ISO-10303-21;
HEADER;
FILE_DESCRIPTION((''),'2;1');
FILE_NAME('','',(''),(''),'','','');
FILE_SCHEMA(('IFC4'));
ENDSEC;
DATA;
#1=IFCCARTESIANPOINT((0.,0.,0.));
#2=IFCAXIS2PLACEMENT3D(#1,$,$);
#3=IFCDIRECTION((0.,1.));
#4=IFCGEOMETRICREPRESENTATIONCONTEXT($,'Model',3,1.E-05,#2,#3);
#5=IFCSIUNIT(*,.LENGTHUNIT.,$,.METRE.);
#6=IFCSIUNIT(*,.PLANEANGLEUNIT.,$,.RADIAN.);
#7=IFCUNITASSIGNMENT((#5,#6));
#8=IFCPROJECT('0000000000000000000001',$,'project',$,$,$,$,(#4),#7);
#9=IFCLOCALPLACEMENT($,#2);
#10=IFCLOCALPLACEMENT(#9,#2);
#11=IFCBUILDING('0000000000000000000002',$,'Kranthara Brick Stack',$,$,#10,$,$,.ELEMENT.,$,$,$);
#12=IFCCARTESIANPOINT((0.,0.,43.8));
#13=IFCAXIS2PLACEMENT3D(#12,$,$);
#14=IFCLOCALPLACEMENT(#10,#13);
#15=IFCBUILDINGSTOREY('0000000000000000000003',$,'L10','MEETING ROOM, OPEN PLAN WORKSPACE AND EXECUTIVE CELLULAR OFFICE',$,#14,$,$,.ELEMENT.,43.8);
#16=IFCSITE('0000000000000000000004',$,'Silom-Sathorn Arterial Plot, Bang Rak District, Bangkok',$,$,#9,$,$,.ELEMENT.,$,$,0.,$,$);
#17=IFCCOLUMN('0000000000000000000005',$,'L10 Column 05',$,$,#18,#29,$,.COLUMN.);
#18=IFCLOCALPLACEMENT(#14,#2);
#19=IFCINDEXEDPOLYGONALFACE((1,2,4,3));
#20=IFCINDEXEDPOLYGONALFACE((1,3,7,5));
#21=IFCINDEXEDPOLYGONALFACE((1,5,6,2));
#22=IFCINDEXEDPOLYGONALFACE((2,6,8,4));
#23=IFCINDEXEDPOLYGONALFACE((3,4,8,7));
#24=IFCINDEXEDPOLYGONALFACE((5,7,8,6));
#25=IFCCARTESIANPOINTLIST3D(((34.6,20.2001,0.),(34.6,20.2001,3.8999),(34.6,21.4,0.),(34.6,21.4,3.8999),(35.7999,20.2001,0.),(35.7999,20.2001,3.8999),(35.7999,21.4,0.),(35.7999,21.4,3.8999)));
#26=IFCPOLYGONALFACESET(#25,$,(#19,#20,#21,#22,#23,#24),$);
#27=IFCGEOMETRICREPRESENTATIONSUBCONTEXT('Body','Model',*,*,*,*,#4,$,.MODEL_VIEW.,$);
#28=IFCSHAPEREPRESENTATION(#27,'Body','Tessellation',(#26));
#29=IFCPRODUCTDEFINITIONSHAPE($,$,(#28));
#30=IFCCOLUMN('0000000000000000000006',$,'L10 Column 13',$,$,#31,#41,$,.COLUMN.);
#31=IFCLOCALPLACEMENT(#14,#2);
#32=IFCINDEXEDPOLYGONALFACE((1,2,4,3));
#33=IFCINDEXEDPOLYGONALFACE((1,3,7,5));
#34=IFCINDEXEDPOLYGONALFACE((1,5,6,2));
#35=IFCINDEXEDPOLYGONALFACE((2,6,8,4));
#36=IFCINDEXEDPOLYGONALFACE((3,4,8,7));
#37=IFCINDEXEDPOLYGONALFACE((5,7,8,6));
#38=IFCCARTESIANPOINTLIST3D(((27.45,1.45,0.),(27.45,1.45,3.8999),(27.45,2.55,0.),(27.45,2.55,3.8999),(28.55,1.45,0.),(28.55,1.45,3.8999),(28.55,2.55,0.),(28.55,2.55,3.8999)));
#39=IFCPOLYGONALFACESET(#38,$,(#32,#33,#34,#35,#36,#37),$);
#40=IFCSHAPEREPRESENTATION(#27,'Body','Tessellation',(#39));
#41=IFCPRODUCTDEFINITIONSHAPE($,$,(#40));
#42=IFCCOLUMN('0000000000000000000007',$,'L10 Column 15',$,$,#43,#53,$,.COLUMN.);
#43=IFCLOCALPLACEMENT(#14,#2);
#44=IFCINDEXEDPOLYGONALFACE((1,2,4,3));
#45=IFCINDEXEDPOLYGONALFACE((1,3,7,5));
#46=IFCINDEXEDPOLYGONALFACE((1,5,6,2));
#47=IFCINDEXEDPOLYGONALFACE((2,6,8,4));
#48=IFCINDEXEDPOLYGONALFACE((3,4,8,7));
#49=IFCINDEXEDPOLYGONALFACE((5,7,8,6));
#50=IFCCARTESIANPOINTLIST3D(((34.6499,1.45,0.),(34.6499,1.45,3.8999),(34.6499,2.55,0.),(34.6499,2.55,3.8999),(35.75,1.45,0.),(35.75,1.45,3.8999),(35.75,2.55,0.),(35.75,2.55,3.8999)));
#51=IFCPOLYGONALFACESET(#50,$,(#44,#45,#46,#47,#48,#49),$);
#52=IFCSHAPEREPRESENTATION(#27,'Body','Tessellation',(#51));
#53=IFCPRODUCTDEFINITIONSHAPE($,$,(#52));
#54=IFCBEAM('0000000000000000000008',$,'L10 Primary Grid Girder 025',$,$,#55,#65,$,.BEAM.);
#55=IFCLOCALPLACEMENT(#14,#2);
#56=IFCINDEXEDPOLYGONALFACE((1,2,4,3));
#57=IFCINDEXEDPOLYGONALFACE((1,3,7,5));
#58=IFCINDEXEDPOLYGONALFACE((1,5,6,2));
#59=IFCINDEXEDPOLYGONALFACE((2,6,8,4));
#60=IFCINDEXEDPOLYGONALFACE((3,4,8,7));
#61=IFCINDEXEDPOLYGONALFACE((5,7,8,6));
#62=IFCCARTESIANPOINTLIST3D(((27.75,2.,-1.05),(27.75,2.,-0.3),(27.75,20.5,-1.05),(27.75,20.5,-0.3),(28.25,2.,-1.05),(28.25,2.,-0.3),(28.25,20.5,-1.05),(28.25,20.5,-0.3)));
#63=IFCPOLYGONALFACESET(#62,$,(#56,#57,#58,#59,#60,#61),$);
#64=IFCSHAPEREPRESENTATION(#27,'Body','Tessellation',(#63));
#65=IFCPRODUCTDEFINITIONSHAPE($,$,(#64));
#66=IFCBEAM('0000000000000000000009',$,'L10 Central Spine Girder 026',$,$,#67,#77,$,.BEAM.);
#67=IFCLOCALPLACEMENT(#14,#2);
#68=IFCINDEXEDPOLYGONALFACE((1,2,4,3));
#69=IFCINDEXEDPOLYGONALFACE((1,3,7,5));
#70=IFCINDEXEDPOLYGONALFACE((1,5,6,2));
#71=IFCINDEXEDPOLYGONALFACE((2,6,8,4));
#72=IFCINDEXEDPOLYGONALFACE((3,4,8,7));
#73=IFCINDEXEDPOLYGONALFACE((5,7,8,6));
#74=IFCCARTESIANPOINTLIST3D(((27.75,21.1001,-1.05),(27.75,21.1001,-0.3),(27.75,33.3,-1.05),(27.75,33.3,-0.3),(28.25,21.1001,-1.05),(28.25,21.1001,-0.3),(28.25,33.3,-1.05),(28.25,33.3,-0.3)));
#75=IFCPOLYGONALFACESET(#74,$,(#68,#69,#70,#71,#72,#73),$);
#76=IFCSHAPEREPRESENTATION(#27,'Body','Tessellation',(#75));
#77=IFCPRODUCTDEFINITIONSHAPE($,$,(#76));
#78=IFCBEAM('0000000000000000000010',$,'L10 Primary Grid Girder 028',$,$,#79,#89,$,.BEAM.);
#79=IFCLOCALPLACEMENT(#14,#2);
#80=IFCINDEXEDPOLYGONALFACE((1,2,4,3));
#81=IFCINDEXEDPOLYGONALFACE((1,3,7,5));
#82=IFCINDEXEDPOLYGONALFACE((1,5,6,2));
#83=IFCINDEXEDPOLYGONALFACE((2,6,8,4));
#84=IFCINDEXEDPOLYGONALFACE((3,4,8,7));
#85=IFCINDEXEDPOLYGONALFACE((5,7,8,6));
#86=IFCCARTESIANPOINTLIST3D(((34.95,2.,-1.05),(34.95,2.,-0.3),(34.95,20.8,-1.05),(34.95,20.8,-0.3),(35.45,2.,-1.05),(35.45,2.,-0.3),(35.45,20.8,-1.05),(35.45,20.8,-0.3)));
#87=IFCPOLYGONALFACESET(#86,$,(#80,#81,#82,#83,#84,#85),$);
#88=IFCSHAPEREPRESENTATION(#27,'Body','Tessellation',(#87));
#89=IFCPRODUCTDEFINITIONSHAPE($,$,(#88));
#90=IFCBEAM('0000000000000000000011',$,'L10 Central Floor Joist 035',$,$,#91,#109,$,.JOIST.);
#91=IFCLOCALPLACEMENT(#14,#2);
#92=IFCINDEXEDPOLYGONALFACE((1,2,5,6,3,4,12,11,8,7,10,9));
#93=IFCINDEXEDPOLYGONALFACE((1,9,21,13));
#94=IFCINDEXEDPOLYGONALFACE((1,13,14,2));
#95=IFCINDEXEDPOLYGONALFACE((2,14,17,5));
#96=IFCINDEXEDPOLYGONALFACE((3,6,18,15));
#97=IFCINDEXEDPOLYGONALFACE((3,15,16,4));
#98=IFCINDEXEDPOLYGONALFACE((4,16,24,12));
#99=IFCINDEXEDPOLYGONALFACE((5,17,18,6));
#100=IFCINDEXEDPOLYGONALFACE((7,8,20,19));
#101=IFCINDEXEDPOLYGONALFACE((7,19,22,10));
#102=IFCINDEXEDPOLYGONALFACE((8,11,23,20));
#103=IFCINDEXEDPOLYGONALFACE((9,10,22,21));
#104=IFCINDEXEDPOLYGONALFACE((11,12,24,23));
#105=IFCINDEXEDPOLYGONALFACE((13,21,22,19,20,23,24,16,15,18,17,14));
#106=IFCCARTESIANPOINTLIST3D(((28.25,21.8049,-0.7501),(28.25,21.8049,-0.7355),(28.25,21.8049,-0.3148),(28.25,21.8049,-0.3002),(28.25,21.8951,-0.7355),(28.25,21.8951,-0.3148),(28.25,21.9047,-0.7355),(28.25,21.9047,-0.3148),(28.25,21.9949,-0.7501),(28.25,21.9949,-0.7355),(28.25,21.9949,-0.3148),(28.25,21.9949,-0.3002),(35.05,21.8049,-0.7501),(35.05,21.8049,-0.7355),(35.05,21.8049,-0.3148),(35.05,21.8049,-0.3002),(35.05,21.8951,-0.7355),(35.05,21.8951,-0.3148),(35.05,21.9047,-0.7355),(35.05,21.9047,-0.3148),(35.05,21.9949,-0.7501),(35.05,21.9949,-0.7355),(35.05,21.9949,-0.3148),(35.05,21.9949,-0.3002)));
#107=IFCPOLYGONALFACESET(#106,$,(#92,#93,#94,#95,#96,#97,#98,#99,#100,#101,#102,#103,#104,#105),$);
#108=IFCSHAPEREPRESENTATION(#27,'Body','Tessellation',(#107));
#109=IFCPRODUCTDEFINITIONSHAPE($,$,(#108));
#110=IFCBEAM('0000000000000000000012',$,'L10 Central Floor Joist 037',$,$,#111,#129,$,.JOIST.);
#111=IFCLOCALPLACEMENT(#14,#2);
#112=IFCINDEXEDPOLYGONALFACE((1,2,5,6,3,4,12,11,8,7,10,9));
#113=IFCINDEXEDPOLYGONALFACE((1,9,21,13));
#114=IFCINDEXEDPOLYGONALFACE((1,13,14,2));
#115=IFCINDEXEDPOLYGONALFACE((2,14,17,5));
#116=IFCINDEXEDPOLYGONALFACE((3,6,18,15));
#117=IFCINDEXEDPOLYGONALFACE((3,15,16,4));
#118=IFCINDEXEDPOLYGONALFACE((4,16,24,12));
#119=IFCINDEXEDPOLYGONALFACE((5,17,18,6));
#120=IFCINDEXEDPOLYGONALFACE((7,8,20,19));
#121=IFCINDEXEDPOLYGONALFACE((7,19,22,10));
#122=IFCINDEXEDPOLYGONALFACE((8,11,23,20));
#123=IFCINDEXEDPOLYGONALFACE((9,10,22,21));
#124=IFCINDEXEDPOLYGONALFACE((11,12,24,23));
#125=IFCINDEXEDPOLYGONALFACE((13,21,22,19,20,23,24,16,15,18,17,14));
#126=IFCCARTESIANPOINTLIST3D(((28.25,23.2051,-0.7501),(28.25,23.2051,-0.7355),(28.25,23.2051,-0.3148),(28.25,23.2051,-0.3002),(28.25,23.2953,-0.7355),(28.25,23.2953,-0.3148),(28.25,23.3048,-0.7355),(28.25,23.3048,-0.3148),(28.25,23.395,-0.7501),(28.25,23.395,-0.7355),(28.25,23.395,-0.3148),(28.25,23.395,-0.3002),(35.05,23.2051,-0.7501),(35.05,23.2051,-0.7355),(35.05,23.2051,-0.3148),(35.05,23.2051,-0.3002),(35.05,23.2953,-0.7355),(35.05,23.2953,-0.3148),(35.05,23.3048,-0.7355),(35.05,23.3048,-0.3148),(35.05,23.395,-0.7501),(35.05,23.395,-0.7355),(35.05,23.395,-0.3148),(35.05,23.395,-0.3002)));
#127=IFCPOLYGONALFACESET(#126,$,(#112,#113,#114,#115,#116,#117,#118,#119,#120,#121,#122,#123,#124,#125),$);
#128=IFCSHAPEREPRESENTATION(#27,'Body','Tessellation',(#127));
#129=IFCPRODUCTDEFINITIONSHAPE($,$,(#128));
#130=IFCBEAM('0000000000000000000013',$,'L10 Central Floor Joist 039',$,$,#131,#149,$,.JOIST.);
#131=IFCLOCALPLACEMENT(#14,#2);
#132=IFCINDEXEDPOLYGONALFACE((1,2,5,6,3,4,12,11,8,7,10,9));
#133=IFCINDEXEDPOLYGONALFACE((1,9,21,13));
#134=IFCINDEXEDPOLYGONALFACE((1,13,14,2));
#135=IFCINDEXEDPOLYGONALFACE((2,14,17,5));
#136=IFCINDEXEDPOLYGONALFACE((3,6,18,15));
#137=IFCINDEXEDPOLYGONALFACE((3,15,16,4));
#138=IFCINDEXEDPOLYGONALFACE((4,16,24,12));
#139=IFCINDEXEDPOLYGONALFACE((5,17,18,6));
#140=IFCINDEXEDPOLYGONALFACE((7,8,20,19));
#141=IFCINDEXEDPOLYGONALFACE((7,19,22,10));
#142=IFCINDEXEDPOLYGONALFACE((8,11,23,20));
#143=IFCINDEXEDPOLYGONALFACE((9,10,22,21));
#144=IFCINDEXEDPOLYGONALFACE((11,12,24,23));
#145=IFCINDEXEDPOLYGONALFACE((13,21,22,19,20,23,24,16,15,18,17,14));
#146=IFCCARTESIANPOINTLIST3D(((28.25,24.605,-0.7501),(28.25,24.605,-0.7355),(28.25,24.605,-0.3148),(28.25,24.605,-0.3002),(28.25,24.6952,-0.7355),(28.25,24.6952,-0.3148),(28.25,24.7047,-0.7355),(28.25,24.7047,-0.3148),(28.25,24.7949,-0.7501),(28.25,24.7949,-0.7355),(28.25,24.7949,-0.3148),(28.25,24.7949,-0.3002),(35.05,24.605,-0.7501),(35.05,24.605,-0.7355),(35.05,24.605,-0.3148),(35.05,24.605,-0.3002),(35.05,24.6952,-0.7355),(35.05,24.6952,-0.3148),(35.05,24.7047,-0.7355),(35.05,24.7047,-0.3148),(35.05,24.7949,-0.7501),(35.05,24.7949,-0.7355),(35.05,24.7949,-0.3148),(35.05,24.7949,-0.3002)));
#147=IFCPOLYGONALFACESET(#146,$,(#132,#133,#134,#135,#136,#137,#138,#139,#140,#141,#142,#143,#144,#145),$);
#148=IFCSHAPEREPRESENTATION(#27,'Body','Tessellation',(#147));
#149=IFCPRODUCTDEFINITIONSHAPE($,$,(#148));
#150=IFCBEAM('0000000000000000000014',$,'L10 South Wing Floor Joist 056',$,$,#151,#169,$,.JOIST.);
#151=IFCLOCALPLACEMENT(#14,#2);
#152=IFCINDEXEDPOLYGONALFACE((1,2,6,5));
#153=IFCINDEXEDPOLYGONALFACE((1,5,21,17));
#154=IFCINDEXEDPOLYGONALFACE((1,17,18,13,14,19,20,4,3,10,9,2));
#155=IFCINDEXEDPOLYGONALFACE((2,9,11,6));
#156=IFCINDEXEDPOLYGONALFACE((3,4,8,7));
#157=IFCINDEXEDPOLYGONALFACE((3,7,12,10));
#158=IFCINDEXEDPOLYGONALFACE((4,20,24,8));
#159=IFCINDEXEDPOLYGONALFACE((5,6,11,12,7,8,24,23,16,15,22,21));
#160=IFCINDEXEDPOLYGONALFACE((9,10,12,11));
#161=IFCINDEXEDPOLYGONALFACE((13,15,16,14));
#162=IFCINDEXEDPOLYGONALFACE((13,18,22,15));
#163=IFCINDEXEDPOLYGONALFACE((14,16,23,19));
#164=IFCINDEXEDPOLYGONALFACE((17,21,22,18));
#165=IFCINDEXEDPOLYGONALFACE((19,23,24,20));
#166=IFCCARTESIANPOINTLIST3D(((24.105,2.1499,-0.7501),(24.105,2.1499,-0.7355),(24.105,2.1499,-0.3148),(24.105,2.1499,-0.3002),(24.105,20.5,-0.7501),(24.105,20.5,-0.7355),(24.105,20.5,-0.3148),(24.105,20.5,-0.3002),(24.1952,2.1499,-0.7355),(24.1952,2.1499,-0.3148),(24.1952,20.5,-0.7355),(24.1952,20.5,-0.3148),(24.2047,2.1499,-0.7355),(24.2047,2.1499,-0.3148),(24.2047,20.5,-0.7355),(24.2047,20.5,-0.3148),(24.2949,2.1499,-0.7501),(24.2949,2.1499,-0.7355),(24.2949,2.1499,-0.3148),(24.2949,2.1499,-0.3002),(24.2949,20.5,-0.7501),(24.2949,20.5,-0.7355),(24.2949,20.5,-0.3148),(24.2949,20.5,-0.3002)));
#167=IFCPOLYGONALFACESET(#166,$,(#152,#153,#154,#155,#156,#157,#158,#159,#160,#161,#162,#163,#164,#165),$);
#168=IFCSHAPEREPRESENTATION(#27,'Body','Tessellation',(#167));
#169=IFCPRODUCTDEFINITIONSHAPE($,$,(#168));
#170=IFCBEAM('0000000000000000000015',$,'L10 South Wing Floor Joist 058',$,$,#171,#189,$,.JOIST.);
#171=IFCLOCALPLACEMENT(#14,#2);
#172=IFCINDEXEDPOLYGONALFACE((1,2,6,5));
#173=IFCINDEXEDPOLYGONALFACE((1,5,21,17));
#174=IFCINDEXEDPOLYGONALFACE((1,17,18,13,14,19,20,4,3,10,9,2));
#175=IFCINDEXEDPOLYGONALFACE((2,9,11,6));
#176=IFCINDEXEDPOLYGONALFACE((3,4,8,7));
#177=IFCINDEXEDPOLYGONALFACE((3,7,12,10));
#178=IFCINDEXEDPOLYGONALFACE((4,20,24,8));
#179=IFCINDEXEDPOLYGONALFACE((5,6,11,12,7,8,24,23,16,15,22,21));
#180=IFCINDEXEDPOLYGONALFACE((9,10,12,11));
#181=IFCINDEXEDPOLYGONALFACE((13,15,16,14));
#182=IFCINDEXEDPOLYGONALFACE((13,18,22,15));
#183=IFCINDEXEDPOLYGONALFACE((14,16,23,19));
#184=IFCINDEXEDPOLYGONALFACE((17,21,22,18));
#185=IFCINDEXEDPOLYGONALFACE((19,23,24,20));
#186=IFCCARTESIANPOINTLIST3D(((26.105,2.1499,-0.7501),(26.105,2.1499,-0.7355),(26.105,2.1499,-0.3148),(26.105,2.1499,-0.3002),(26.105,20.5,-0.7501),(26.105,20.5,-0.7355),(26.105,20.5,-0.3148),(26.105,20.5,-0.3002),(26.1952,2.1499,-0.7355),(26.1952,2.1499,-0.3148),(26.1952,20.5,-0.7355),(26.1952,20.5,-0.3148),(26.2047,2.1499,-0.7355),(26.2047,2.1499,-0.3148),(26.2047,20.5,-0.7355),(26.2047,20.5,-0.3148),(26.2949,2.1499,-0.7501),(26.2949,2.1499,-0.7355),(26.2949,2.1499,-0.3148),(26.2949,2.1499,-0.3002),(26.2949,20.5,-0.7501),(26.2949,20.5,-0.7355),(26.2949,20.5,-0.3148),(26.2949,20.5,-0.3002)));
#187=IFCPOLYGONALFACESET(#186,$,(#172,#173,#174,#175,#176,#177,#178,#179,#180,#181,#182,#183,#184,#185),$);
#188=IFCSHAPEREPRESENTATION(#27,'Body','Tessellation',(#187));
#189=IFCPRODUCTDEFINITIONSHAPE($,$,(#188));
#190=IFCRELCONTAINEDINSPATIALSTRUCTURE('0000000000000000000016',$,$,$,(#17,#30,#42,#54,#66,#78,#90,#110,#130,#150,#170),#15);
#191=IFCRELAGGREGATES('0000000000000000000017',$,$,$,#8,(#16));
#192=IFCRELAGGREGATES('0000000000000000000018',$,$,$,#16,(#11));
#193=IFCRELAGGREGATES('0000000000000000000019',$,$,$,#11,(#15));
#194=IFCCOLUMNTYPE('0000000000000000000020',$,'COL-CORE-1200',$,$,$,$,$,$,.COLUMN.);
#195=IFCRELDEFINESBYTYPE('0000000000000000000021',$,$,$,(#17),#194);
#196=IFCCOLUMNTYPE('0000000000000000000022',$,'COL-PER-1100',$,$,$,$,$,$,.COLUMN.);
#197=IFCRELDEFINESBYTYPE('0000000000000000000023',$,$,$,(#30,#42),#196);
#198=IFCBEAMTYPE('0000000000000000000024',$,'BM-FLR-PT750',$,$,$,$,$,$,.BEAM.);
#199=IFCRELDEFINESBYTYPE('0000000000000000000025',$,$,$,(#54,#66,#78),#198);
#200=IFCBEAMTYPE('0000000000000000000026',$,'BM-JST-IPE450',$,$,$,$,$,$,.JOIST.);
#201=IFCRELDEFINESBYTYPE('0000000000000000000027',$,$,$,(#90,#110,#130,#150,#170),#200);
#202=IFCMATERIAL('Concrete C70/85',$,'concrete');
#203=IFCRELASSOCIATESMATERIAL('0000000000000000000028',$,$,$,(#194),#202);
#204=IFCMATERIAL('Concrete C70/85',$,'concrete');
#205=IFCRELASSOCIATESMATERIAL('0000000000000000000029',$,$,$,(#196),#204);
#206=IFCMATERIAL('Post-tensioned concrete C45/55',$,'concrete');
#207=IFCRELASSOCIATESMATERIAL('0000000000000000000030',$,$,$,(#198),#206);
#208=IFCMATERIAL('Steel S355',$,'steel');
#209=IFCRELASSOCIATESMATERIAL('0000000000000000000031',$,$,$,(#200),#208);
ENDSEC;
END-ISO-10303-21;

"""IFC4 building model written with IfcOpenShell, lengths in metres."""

from ifc_helpers import new_model, si_unit, direction, frame, origin, origin_2d, place, context, subcontext, project, spatial, rectangle, i_section, extrude, material, material_profile, profile_set, type_object, element, save


model = new_model("IFC4")

# Units and contexts
model_context = context("Model", 3, precision=1e-05, world=origin(), true_north=direction((0.0, 1.0)))
body_context = subcontext(model_context, "Body", "Model", "MODEL_VIEW")
ifc_project = project(units=[si_unit("LENGTHUNIT", "METRE"), si_unit("PLANEANGLEUNIT", "RADIAN")], contexts=[model_context])

# Site, building, storey
site_placement = place(None, origin())
site = spatial("IfcSite", under=ifc_project, at=site_placement, Name="Silom-Sathorn Arterial Plot, Bang Rak District, Bangkok", CompositionType="ELEMENT", RefElevation=0.0)
building_placement = place(site_placement, origin())
building = spatial("IfcBuilding", under=site, at=building_placement, Name="Kranthara Brick Stack", CompositionType="ELEMENT")
storey_placement = place(building_placement, frame((0.0, 0.0, 43.8)))
storey = spatial("IfcBuildingStorey", under=building, at=storey_placement, Name="L10", Description="MEETING ROOM, OPEN PLAN WORKSPACE AND EXECUTIVE CELLULAR OFFICE", CompositionType="ELEMENT", Elevation=43.8)

# Columns
ifc_material_1 = material(Name="Concrete C70/85", Category="concrete")
ifc_material_profile_1 = material_profile(ifc_material_1, rectangle(XDim=1.2, YDim=1.2, at=origin_2d()), Name="RC 1200x1200")
ifc_profile_set_1 = profile_set([ifc_material_profile_1], Name="Concrete C70/85")
column_type_1 = type_object("IfcColumnType", Name="COL-CORE-1200", PredefinedType="COLUMN", material=ifc_profile_set_1)
column_placement = place(storey_placement, frame((35.2, 20.8, 0.0), z_axis=(0.0, 0.0, 1.0), x_axis=(1.0, 0.0, 0.0)))
element("IfcColumn", 1, at=column_placement, inside=storey, type_object=column_type_1, Name="L10 Column 05", PredefinedType="COLUMN", context=body_context, shape_type="SweptSolid", body=[
    extrude(rectangle(XDim=1.2, YDim=1.2, at=origin_2d()), origin(), (0.0, 0.0, 1.0), 3.8999),
])
ifc_material_2 = material(Name="Concrete C70/85", Category="concrete")
ifc_material_profile_2 = material_profile(ifc_material_2, rectangle(XDim=1.1001, YDim=1.1001, at=origin_2d()), Name="RC 1100x1100")
ifc_profile_set_2 = profile_set([ifc_material_profile_2], Name="Concrete C70/85")
column_type_2 = type_object("IfcColumnType", Name="COL-PER-1100", PredefinedType="COLUMN", material=ifc_profile_set_2)
for number, where, z_axis, x_axis, name in (
    (2, (28.0, 2.0, 0.0), (0.0, 0.0, 1.0), (1.0, 0.0, 0.0), "L10 Column 13"),
    (3, (35.2, 2.0, 0.0), (0.0, 0.0, 1.0), (1.0, 0.0, 0.0), "L10 Column 15"),
):
    element("IfcColumn", number, at=place(storey_placement, frame(where, z_axis=z_axis, x_axis=x_axis)), inside=storey, type_object=column_type_2, Name=name, PredefinedType="COLUMN", context=body_context, shape_type="SweptSolid", body=[
        extrude(rectangle(XDim=1.1001, YDim=1.1001, at=origin_2d()), origin(), (0.0, 0.0, 1.0), 3.8999),
    ])

# Beams
ifc_material_3 = material(Name="Post-tensioned concrete C45/55", Category="concrete")
ifc_material_profile_3 = material_profile(ifc_material_3, rectangle(XDim=0.5, YDim=0.75, at=origin_2d()), Name="PT 500x750")
ifc_profile_set_3 = profile_set([ifc_material_profile_3], Name="Post-tensioned concrete C45/55")
beam_type_1 = type_object("IfcBeamType", Name="BM-FLR-PT750", PredefinedType="BEAM", material=ifc_profile_set_3)
beam_1_placement = place(storey_placement, frame((28.0, 2.0, -0.675), z_axis=(0.0, 1.0, 0.0), x_axis=(-1.0, 0.0, 0.0)))
element("IfcBeam", 4, at=beam_1_placement, inside=storey, type_object=beam_type_1, Name="L10 Primary Grid Girder 025", PredefinedType="BEAM", context=body_context, shape_type="SweptSolid", body=[
    extrude(rectangle(XDim=0.5, YDim=0.75, at=origin_2d()), origin(), (0.0, 0.0, 1.0), 18.5),
])
beam_2_placement = place(storey_placement, frame((28.0, 21.1001, -0.675), z_axis=(0.0, 1.0, 0.0), x_axis=(-1.0, 0.0, 0.0)))
element("IfcBeam", 5, at=beam_2_placement, inside=storey, type_object=beam_type_1, Name="L10 Central Spine Girder 026", PredefinedType="BEAM", context=body_context, shape_type="SweptSolid", body=[
    extrude(rectangle(XDim=0.5, YDim=0.75, at=origin_2d()), origin(), (0.0, 0.0, 1.0), 12.2),
])
beam_3_placement = place(storey_placement, frame((35.2, 2.0, -0.675), z_axis=(0.0, 1.0, 0.0), x_axis=(-1.0, 0.0, 0.0)))
element("IfcBeam", 6, at=beam_3_placement, inside=storey, type_object=beam_type_1, Name="L10 Primary Grid Girder 028", PredefinedType="BEAM", context=body_context, shape_type="SweptSolid", body=[
    extrude(rectangle(XDim=0.5, YDim=0.75, at=origin_2d()), origin(), (0.0, 0.0, 1.0), 18.8),
])
ifc_material_4 = material(Name="Steel S355", Category="steel")
ifc_material_profile_4 = material_profile(ifc_material_4, i_section(OverallWidth=0.1899, OverallDepth=0.45, WebThickness=0.0095, FlangeThickness=0.0146, at=origin_2d()), Name="IPE 450")
ifc_profile_set_4 = profile_set([ifc_material_profile_4], Name="Steel S355")
beam_type_2 = type_object("IfcBeamType", Name="BM-JST-IPE450", PredefinedType="JOIST", material=ifc_profile_set_4)
for number, where, z_axis, x_axis, name in (
    (7, (28.25, 21.8999, -0.5251), (1.0, 0.0, 0.0), (0.0, 1.0, 0.0), "L10 Central Floor Joist 035"),
    (8, (28.25, 23.3, -0.5251), (1.0, 0.0, 0.0), (0.0, 1.0, 0.0), "L10 Central Floor Joist 037"),
    (9, (28.25, 24.7, -0.5251), (1.0, 0.0, 0.0), (0.0, 1.0, 0.0), "L10 Central Floor Joist 039"),
):
    element("IfcBeam", number, at=place(storey_placement, frame(where, z_axis=z_axis, x_axis=x_axis)), inside=storey, type_object=beam_type_2, Name=name, PredefinedType="JOIST", context=body_context, shape_type="SweptSolid", body=[
        extrude(i_section(OverallWidth=0.1899, OverallDepth=0.45, WebThickness=0.0095, FlangeThickness=0.0146, at=origin_2d()), origin(), (0.0, 0.0, 1.0), 6.8),
    ])
for number, where, z_axis, x_axis, name in (
    (10, (24.2, 2.1499, -0.5251), (0.0, 1.0, 0.0), (-1.0, 0.0, 0.0), "L10 South Wing Floor Joist 056"),
    (11, (26.2, 2.1499, -0.5251), (0.0, 1.0, 0.0), (-1.0, 0.0, 0.0), "L10 South Wing Floor Joist 058"),
):
    element("IfcBeam", number, at=place(storey_placement, frame(where, z_axis=z_axis, x_axis=x_axis)), inside=storey, type_object=beam_type_2, Name=name, PredefinedType="JOIST", context=body_context, shape_type="SweptSolid", body=[
        extrude(i_section(OverallWidth=0.1899, OverallDepth=0.45, WebThickness=0.0095, FlangeThickness=0.0146, at=origin_2d()), origin(), (0.0, 0.0, 1.0), 18.3501),
    ])

save(model, "model.ifc")
